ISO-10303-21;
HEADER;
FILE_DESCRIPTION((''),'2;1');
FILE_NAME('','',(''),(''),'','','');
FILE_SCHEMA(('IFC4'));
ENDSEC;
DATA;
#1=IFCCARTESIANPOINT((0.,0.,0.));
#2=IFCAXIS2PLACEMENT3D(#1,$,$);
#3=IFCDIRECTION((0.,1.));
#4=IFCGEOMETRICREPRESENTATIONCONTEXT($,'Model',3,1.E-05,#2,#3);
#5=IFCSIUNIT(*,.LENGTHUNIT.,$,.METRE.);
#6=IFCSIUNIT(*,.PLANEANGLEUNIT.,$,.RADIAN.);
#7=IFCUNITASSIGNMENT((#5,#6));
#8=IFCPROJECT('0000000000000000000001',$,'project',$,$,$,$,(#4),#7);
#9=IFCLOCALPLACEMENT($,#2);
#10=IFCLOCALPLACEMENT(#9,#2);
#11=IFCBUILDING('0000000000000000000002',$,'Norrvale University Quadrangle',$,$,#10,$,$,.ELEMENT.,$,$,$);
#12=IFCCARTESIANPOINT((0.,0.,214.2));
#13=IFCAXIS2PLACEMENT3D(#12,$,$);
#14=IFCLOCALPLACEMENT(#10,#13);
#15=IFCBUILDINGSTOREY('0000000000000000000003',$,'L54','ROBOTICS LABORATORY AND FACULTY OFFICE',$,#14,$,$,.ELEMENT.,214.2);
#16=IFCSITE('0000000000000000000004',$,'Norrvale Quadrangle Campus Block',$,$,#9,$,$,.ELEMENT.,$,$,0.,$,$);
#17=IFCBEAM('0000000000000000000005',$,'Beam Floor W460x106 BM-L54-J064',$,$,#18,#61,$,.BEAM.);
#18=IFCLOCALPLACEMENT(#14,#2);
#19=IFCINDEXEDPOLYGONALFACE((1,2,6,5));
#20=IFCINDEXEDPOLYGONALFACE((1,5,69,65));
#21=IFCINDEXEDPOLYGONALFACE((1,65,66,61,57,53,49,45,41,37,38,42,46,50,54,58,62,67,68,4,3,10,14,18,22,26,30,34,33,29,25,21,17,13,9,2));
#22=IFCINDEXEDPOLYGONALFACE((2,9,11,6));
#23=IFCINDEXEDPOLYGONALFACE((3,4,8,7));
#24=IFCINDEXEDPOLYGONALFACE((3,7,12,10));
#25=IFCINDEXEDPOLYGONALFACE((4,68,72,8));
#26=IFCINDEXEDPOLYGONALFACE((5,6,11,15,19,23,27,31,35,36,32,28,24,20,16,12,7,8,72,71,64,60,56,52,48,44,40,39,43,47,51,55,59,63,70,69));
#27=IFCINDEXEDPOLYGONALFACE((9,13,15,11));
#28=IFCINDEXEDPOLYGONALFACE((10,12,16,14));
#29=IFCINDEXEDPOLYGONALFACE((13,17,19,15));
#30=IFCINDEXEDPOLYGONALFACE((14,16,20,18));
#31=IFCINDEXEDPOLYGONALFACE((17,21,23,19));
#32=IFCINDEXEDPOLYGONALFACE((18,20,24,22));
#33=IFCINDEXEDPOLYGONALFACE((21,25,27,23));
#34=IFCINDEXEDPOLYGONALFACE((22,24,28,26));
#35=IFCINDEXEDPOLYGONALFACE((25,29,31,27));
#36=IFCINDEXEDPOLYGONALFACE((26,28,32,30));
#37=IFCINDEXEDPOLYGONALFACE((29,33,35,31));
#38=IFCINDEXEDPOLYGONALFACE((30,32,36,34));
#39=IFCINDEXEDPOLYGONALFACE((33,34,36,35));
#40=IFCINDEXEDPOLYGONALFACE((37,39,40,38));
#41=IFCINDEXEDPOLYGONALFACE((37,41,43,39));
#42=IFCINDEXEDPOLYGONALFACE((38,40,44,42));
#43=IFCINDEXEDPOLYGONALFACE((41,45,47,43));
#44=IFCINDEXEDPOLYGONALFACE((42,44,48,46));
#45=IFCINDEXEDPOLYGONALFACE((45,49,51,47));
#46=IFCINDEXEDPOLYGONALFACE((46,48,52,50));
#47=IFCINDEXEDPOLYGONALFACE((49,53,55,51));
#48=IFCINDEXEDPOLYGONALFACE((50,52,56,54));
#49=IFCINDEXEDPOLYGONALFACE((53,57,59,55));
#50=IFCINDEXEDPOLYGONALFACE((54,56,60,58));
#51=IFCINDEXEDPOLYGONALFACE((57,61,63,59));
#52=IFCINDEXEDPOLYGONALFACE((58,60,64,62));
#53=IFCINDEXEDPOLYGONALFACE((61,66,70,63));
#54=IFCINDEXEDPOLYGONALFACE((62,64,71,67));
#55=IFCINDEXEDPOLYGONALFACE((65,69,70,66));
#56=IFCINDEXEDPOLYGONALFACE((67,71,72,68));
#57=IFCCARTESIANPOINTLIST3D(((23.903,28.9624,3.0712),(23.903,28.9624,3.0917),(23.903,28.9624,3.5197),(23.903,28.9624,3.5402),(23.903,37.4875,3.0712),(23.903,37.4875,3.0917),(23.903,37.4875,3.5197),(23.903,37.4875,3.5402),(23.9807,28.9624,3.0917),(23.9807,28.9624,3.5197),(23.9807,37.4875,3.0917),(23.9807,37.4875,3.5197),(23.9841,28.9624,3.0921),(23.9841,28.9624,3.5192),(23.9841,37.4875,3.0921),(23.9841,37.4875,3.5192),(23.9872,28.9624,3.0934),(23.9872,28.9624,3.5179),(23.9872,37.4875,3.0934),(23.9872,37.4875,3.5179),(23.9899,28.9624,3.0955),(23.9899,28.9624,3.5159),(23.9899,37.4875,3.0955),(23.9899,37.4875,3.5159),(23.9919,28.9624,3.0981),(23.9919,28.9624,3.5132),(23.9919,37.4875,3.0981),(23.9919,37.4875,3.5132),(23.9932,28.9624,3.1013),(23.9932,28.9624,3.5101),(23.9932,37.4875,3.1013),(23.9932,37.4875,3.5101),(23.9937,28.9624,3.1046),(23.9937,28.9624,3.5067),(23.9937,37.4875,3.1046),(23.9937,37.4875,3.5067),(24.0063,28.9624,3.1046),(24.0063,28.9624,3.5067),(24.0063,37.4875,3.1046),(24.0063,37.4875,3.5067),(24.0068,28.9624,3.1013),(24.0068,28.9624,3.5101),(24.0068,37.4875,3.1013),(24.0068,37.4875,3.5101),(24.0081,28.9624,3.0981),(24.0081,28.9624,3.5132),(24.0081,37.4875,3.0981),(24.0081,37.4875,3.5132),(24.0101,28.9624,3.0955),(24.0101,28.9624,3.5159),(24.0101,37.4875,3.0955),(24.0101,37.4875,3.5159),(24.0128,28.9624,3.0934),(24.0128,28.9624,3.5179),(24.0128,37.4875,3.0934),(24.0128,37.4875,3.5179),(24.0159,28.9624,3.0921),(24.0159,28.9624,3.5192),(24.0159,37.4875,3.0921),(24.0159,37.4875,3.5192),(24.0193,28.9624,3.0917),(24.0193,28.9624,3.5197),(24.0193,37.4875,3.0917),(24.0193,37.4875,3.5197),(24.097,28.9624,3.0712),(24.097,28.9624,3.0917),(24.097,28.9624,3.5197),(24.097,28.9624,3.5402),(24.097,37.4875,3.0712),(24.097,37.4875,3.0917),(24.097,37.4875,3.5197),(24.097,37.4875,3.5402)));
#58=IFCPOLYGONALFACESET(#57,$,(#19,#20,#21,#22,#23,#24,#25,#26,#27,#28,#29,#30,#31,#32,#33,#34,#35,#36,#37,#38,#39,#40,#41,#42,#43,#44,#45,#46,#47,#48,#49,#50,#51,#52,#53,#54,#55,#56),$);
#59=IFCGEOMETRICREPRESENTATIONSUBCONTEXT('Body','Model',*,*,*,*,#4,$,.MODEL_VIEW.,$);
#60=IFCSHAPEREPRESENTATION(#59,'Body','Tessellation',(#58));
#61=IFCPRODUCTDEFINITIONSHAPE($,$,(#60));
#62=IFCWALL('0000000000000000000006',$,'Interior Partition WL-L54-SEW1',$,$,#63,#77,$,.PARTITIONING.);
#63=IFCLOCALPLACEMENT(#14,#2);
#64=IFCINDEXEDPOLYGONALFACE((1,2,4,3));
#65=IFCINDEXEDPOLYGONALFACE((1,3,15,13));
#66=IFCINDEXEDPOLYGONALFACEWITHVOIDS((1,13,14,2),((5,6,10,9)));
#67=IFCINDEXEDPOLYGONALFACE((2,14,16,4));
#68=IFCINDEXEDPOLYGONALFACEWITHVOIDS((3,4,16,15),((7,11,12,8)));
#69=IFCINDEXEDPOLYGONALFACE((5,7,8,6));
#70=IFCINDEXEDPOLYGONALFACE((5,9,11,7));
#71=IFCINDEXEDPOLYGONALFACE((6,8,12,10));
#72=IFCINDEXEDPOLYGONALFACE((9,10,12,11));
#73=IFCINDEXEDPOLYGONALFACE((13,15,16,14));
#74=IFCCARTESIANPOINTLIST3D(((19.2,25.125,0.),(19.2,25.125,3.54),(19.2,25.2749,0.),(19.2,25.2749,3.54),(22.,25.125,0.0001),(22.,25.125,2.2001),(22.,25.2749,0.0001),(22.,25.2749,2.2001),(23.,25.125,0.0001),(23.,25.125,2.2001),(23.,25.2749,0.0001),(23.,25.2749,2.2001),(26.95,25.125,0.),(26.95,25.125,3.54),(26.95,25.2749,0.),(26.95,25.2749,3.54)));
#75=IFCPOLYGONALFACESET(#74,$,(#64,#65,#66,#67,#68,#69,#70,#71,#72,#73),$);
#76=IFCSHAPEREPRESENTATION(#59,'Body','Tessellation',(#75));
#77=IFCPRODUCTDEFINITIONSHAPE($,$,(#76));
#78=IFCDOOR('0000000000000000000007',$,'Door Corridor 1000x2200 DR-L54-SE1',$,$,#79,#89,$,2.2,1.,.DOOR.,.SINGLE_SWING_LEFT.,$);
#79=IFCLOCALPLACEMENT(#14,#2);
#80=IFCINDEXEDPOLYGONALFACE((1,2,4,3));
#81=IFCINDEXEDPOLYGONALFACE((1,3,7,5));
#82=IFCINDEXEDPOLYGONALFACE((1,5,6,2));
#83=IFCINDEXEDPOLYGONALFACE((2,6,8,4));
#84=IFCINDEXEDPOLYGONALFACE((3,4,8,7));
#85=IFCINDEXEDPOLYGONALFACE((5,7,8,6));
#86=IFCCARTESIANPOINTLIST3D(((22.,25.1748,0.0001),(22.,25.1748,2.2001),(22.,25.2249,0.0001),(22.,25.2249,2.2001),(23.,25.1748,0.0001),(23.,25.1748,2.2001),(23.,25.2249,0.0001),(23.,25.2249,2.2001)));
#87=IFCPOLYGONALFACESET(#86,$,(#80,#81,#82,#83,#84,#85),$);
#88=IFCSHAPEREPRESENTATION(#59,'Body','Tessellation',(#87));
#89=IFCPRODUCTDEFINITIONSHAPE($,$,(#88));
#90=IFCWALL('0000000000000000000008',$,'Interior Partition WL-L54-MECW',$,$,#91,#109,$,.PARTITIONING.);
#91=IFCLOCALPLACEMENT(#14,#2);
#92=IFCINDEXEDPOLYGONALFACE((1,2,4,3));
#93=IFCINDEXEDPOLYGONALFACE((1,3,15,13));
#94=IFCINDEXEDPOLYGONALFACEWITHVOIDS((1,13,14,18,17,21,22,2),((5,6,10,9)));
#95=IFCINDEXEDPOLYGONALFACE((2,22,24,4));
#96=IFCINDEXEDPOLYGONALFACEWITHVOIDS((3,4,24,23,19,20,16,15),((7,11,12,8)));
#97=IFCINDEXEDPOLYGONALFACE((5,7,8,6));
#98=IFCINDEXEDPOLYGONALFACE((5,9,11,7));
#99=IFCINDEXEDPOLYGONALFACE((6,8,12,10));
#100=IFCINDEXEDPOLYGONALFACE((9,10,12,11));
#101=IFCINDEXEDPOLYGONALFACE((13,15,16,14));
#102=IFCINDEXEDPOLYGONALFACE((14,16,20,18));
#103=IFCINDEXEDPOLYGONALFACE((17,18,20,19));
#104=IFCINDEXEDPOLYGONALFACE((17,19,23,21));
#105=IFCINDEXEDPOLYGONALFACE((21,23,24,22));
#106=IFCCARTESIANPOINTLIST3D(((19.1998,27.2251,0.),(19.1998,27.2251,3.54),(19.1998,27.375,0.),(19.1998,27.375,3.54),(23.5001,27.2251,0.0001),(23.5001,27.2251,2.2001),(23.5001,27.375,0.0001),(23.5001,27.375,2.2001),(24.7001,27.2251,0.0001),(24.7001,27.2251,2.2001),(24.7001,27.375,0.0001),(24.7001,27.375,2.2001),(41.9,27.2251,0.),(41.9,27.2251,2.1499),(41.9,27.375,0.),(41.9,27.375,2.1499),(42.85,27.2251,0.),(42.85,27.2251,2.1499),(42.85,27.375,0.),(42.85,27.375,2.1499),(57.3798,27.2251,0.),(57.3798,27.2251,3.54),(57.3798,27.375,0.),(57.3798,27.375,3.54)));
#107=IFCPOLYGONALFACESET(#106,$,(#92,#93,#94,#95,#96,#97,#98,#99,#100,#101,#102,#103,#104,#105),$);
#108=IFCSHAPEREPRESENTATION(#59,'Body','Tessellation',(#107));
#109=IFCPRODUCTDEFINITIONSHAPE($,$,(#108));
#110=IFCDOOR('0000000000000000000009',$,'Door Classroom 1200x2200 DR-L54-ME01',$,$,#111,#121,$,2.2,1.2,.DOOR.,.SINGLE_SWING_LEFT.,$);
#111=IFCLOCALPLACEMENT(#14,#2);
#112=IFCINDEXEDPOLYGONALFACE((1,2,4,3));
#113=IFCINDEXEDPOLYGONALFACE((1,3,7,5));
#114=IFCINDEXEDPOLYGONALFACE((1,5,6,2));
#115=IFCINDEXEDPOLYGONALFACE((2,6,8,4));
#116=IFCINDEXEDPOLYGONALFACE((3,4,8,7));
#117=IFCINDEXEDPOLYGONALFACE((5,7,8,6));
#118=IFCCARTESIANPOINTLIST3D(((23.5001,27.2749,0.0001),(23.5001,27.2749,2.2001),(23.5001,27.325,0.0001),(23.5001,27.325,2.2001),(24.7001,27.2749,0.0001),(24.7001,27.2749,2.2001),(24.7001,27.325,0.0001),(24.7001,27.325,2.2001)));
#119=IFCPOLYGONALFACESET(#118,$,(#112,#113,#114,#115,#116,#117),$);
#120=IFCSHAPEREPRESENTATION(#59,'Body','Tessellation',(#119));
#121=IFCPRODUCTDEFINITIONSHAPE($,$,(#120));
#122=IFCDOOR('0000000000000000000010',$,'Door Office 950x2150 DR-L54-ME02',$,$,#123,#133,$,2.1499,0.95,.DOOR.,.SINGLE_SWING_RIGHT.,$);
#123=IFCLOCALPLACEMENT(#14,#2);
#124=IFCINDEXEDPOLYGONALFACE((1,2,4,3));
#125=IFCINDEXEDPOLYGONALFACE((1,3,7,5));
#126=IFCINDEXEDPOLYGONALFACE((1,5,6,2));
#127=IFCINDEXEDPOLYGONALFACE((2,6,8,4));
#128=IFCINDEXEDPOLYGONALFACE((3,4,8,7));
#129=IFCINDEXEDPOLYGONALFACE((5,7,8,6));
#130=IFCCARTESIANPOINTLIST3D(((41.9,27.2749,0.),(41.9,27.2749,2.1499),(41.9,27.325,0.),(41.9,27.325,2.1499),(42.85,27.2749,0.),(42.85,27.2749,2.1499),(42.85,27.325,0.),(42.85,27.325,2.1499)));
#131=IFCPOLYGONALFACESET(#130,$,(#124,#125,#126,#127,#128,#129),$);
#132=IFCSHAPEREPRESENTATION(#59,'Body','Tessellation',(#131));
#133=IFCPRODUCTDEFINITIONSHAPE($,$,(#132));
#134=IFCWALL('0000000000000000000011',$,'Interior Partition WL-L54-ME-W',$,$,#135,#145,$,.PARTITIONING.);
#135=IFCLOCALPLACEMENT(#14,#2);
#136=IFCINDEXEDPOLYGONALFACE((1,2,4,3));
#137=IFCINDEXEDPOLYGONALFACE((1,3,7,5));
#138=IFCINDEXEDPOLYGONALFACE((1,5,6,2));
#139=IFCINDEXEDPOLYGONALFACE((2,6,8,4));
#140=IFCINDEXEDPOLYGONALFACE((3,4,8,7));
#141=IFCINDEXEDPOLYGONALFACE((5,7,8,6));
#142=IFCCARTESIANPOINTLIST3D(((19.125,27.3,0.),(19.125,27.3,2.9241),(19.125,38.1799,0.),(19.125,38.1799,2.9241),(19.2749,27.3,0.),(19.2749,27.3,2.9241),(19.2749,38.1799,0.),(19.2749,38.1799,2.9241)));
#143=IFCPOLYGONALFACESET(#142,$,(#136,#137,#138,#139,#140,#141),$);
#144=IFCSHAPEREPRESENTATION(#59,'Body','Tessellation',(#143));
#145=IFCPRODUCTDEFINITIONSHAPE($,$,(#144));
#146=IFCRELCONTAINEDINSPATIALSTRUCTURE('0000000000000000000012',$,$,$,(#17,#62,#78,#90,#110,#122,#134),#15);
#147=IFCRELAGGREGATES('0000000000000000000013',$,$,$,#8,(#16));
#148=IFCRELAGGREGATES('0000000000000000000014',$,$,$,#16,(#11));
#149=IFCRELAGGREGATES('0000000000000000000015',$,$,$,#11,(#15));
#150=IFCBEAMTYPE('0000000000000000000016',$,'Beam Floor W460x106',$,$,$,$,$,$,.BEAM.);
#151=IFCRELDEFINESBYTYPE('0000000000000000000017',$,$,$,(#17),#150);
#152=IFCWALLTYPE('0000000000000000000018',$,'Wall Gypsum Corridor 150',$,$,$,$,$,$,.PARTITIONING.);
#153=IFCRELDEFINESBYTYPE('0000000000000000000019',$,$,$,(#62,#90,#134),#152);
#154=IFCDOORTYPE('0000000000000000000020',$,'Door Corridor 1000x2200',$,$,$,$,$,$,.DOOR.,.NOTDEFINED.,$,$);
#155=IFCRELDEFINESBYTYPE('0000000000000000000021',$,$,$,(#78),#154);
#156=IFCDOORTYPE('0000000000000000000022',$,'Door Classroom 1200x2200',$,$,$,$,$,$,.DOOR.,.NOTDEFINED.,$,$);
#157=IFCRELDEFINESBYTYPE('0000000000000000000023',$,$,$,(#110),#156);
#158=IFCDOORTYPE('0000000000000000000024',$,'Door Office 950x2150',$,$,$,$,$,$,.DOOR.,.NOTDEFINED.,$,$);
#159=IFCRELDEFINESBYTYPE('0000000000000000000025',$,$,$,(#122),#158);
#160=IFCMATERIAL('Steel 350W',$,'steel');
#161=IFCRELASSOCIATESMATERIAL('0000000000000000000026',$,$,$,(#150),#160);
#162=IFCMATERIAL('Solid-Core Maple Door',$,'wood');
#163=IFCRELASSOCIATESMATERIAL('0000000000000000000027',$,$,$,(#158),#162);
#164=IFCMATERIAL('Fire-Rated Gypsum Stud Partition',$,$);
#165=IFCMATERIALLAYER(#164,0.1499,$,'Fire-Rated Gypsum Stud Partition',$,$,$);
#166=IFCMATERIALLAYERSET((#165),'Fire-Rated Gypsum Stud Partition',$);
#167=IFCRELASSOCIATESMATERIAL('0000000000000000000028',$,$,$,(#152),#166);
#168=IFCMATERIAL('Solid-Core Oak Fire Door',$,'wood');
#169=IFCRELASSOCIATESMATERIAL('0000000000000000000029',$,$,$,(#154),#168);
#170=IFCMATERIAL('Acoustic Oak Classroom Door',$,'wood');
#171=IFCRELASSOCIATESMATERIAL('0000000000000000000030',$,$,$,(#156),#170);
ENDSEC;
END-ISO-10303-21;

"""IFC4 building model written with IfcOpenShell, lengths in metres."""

from ifc_helpers import new_model, si_unit, direction, frame, frame_2d, origin, origin_2d, place, context, subcontext, project, spatial, rectangle, i_section, extrude, material, layer, layer_set, material_profile, profile_set, type_object, element, fill, save


model = new_model("IFC4")

# Units and contexts
model_context = context("Model", 3, precision=1e-05, world=origin(), true_north=direction((0.0, 1.0)))
body_context = subcontext(model_context, "Body", "Model", "MODEL_VIEW")
ifc_project = project(units=[si_unit("LENGTHUNIT", "METRE"), si_unit("PLANEANGLEUNIT", "RADIAN")], contexts=[model_context])

# Site, building, storey
site_placement = place(None, origin())
site = spatial("IfcSite", under=ifc_project, at=site_placement, Name="Norrvale Quadrangle Campus Block", CompositionType="ELEMENT", RefElevation=0.0)
building_placement = place(site_placement, origin())
building = spatial("IfcBuilding", under=site, at=building_placement, Name="Norrvale University Quadrangle", CompositionType="ELEMENT")
storey_placement = place(building_placement, frame((0.0, 0.0, 214.2)))
storey = spatial("IfcBuildingStorey", under=building, at=storey_placement, Name="L54", Description="ROBOTICS LABORATORY AND FACULTY OFFICE", CompositionType="ELEMENT", Elevation=214.2)

# Beam
ifc_material_1 = material(Name="Steel 350W", Category="steel")
ifc_material_profile_1 = material_profile(ifc_material_1, i_section(OverallWidth=0.1941, OverallDepth=0.469, WebThickness=0.0127, FlangeThickness=0.0205, FilletRadius=0.0129, at=origin_2d()), Name="Steel 350W")
ifc_profile_set_1 = profile_set([ifc_material_profile_1], Name="Steel 350W")
beam_type_1 = type_object("IfcBeamType", Name="Beam Floor W460x106", PredefinedType="BEAM", material=ifc_profile_set_1)
beam_1_placement = place(storey_placement, frame((24.0, 28.9624, 3.3057), z_axis=(0.0, 1.0, 0.0), x_axis=(-1.0, 0.0, 0.0)))
element("IfcBeam", 1, at=beam_1_placement, inside=storey, type_object=beam_type_1, Name="Beam Floor W460x106 BM-L54-J064", PredefinedType="BEAM", context=body_context, shape_type="SweptSolid", body=[
    extrude(i_section(OverallWidth=0.1941, OverallDepth=0.469, WebThickness=0.0127, FlangeThickness=0.0205, FilletRadius=0.0129, at=origin_2d()), origin(), (0.0, 0.0, 1.0), 8.5251),
])

# Wall, opening, door
ifc_material_2 = material(Name="Solid-Core Maple Door", Category="wood")
door_type_1 = type_object("IfcDoorType", Name="Door Office 950x2150", OperationType="NOTDEFINED", PredefinedType="DOOR", material=ifc_material_2)
ifc_material_3 = material(Name="Fire-Rated Gypsum Stud Partition")
ifc_layer_1 = layer(ifc_material_3, 0.1499, Name="Fire-Rated Gypsum Stud Partition")
ifc_layer_set_1 = layer_set([ifc_layer_1], Name="Fire-Rated Gypsum Stud Partition")
wall_type_1 = type_object("IfcWallType", Name="Wall Gypsum Corridor 150", PredefinedType="PARTITIONING", material=ifc_layer_set_1)
wall_1_placement = place(storey_placement, frame((19.2, 25.2, 0.0), z_axis=(0.0, 0.0, 1.0), x_axis=(1.0, 0.0, 0.0)))
wall_1 = element("IfcWall", 2, at=wall_1_placement, inside=storey, type_object=wall_type_1, Name="Interior Partition WL-L54-SEW1", PredefinedType="PARTITIONING", context=body_context, shape_type="SweptSolid", body=[
    extrude(rectangle(XDim=7.75, YDim=0.1499, at=frame_2d((3.875, 0.0))), origin(), (0.0, 0.0, 1.0), 3.54),
])
opening_1_placement = place(wall_1_placement, frame((2.8, 0.0, 0.0)))
opening_1 = element("IfcOpeningElement", 3, at=opening_1_placement, cuts=wall_1, PredefinedType="OPENING", context=body_context, shape_type="SweptSolid", body=[
    extrude(rectangle(XDim=1.0, YDim=2.2, at=frame_2d((0.5, 1.1001))), frame((0.0, 0.0869, 0.0), z_axis=(0.0, -1.0, 0.0), x_axis=(1.0, 0.0, 0.0)), (0.0, 0.0, 1.0), 0.1738),
])
ifc_material_4 = material(Name="Solid-Core Oak Fire Door", Category="wood")
door_type_2 = type_object("IfcDoorType", Name="Door Corridor 1000x2200", OperationType="NOTDEFINED", PredefinedType="DOOR", material=ifc_material_4)
door_1_placement = place(opening_1_placement, origin())
door_1 = element("IfcDoor", 4, at=door_1_placement, inside=storey, type_object=door_type_2, Name="Door Corridor 1000x2200 DR-L54-SE1", OperationType="SINGLE_SWING_LEFT", OverallHeight=2.2, OverallWidth=1.0, PredefinedType="DOOR", context=body_context, shape_type="SweptSolid", body=[
    extrude(rectangle(XDim=1.0, YDim=2.2, at=frame_2d((0.5, 1.1001))), frame((0.0, 0.0249, 0.0), z_axis=(0.0, -1.0, 0.0), x_axis=(1.0, 0.0, 0.0)), (0.0, 0.0, 1.0), 0.05),
])
fill(opening_1, door_1)

# Wall, openings, doors
wall_2_placement = place(storey_placement, frame((19.2, 27.3, 0.0), z_axis=(0.0, 0.0, 1.0), x_axis=(1.0, 0.0, 0.0)))
wall_2 = element("IfcWall", 5, at=wall_2_placement, inside=storey, type_object=wall_type_1, Name="Interior Partition WL-L54-MECW", PredefinedType="PARTITIONING", context=body_context, shape_type="SweptSolid", body=[
    extrude(rectangle(XDim=38.1799, YDim=0.1499, at=frame_2d((19.0898, 0.0))), origin(), (0.0, 0.0, 1.0), 3.54),
])
opening_2_placement = place(wall_2_placement, frame((4.3, 0.0, 0.0)))
opening_2 = element("IfcOpeningElement", 6, at=opening_2_placement, cuts=wall_2, PredefinedType="OPENING", context=body_context, shape_type="SweptSolid", body=[
    extrude(rectangle(XDim=1.2, YDim=2.2, at=frame_2d((0.6001, 1.1001))), frame((0.0, 0.0869, 0.0), z_axis=(0.0, -1.0, 0.0), x_axis=(1.0, 0.0, 0.0)), (0.0, 0.0, 1.0), 0.1738),
])
opening_3_placement = place(wall_2_placement, frame((22.7, 0.0, 0.0)))
opening_3 = element("IfcOpeningElement", 7, at=opening_3_placement, cuts=wall_2, PredefinedType="OPENING", context=body_context, shape_type="SweptSolid", body=[
    extrude(rectangle(XDim=0.95, YDim=2.1499, at=frame_2d((0.4751, 1.075))), frame((0.0, 0.0869, 0.0), z_axis=(0.0, -1.0, 0.0), x_axis=(1.0, 0.0, 0.0)), (0.0, 0.0, 1.0), 0.1738),
])
ifc_material_5 = material(Name="Acoustic Oak Classroom Door", Category="wood")
door_type_3 = type_object("IfcDoorType", Name="Door Classroom 1200x2200", OperationType="NOTDEFINED", PredefinedType="DOOR", material=ifc_material_5)
door_2_placement = place(opening_2_placement, origin())
door_2 = element("IfcDoor", 8, at=door_2_placement, inside=storey, type_object=door_type_3, Name="Door Classroom 1200x2200 DR-L54-ME01", OperationType="SINGLE_SWING_LEFT", OverallHeight=2.2, OverallWidth=1.2, PredefinedType="DOOR", context=body_context, shape_type="SweptSolid", body=[
    extrude(rectangle(XDim=1.2, YDim=2.2, at=frame_2d((0.6001, 1.1001))), frame((0.0, 0.0249, 0.0), z_axis=(0.0, -1.0, 0.0), x_axis=(1.0, 0.0, 0.0)), (0.0, 0.0, 1.0), 0.05),
])
fill(opening_2, door_2)
door_3_placement = place(opening_3_placement, origin())
door_3 = element("IfcDoor", 9, at=door_3_placement, inside=storey, type_object=door_type_1, Name="Door Office 950x2150 DR-L54-ME02", OperationType="SINGLE_SWING_RIGHT", OverallHeight=2.1499, OverallWidth=0.95, PredefinedType="DOOR", context=body_context, shape_type="SweptSolid", body=[
    extrude(rectangle(XDim=0.95, YDim=2.1499, at=frame_2d((0.4751, 1.075))), frame((0.0, 0.0249, 0.0), z_axis=(0.0, -1.0, 0.0), x_axis=(1.0, 0.0, 0.0)), (0.0, 0.0, 1.0), 0.05),
])
fill(opening_3, door_3)

# Wall
wall_3_placement = place(storey_placement, frame((19.2, 27.3, 0.0), z_axis=(0.0, 0.0, 1.0), x_axis=(0.0, 1.0, 0.0)))
element("IfcWall", 10, at=wall_3_placement, inside=storey, type_object=wall_type_1, Name="Interior Partition WL-L54-ME-W", PredefinedType="PARTITIONING", context=body_context, shape_type="SweptSolid", body=[
    extrude(rectangle(XDim=10.8799, YDim=0.1499, at=frame_2d((5.4399, 0.0))), origin(), (0.0, 0.0, 1.0), 2.9241),
])

save(model, "model.ifc")
